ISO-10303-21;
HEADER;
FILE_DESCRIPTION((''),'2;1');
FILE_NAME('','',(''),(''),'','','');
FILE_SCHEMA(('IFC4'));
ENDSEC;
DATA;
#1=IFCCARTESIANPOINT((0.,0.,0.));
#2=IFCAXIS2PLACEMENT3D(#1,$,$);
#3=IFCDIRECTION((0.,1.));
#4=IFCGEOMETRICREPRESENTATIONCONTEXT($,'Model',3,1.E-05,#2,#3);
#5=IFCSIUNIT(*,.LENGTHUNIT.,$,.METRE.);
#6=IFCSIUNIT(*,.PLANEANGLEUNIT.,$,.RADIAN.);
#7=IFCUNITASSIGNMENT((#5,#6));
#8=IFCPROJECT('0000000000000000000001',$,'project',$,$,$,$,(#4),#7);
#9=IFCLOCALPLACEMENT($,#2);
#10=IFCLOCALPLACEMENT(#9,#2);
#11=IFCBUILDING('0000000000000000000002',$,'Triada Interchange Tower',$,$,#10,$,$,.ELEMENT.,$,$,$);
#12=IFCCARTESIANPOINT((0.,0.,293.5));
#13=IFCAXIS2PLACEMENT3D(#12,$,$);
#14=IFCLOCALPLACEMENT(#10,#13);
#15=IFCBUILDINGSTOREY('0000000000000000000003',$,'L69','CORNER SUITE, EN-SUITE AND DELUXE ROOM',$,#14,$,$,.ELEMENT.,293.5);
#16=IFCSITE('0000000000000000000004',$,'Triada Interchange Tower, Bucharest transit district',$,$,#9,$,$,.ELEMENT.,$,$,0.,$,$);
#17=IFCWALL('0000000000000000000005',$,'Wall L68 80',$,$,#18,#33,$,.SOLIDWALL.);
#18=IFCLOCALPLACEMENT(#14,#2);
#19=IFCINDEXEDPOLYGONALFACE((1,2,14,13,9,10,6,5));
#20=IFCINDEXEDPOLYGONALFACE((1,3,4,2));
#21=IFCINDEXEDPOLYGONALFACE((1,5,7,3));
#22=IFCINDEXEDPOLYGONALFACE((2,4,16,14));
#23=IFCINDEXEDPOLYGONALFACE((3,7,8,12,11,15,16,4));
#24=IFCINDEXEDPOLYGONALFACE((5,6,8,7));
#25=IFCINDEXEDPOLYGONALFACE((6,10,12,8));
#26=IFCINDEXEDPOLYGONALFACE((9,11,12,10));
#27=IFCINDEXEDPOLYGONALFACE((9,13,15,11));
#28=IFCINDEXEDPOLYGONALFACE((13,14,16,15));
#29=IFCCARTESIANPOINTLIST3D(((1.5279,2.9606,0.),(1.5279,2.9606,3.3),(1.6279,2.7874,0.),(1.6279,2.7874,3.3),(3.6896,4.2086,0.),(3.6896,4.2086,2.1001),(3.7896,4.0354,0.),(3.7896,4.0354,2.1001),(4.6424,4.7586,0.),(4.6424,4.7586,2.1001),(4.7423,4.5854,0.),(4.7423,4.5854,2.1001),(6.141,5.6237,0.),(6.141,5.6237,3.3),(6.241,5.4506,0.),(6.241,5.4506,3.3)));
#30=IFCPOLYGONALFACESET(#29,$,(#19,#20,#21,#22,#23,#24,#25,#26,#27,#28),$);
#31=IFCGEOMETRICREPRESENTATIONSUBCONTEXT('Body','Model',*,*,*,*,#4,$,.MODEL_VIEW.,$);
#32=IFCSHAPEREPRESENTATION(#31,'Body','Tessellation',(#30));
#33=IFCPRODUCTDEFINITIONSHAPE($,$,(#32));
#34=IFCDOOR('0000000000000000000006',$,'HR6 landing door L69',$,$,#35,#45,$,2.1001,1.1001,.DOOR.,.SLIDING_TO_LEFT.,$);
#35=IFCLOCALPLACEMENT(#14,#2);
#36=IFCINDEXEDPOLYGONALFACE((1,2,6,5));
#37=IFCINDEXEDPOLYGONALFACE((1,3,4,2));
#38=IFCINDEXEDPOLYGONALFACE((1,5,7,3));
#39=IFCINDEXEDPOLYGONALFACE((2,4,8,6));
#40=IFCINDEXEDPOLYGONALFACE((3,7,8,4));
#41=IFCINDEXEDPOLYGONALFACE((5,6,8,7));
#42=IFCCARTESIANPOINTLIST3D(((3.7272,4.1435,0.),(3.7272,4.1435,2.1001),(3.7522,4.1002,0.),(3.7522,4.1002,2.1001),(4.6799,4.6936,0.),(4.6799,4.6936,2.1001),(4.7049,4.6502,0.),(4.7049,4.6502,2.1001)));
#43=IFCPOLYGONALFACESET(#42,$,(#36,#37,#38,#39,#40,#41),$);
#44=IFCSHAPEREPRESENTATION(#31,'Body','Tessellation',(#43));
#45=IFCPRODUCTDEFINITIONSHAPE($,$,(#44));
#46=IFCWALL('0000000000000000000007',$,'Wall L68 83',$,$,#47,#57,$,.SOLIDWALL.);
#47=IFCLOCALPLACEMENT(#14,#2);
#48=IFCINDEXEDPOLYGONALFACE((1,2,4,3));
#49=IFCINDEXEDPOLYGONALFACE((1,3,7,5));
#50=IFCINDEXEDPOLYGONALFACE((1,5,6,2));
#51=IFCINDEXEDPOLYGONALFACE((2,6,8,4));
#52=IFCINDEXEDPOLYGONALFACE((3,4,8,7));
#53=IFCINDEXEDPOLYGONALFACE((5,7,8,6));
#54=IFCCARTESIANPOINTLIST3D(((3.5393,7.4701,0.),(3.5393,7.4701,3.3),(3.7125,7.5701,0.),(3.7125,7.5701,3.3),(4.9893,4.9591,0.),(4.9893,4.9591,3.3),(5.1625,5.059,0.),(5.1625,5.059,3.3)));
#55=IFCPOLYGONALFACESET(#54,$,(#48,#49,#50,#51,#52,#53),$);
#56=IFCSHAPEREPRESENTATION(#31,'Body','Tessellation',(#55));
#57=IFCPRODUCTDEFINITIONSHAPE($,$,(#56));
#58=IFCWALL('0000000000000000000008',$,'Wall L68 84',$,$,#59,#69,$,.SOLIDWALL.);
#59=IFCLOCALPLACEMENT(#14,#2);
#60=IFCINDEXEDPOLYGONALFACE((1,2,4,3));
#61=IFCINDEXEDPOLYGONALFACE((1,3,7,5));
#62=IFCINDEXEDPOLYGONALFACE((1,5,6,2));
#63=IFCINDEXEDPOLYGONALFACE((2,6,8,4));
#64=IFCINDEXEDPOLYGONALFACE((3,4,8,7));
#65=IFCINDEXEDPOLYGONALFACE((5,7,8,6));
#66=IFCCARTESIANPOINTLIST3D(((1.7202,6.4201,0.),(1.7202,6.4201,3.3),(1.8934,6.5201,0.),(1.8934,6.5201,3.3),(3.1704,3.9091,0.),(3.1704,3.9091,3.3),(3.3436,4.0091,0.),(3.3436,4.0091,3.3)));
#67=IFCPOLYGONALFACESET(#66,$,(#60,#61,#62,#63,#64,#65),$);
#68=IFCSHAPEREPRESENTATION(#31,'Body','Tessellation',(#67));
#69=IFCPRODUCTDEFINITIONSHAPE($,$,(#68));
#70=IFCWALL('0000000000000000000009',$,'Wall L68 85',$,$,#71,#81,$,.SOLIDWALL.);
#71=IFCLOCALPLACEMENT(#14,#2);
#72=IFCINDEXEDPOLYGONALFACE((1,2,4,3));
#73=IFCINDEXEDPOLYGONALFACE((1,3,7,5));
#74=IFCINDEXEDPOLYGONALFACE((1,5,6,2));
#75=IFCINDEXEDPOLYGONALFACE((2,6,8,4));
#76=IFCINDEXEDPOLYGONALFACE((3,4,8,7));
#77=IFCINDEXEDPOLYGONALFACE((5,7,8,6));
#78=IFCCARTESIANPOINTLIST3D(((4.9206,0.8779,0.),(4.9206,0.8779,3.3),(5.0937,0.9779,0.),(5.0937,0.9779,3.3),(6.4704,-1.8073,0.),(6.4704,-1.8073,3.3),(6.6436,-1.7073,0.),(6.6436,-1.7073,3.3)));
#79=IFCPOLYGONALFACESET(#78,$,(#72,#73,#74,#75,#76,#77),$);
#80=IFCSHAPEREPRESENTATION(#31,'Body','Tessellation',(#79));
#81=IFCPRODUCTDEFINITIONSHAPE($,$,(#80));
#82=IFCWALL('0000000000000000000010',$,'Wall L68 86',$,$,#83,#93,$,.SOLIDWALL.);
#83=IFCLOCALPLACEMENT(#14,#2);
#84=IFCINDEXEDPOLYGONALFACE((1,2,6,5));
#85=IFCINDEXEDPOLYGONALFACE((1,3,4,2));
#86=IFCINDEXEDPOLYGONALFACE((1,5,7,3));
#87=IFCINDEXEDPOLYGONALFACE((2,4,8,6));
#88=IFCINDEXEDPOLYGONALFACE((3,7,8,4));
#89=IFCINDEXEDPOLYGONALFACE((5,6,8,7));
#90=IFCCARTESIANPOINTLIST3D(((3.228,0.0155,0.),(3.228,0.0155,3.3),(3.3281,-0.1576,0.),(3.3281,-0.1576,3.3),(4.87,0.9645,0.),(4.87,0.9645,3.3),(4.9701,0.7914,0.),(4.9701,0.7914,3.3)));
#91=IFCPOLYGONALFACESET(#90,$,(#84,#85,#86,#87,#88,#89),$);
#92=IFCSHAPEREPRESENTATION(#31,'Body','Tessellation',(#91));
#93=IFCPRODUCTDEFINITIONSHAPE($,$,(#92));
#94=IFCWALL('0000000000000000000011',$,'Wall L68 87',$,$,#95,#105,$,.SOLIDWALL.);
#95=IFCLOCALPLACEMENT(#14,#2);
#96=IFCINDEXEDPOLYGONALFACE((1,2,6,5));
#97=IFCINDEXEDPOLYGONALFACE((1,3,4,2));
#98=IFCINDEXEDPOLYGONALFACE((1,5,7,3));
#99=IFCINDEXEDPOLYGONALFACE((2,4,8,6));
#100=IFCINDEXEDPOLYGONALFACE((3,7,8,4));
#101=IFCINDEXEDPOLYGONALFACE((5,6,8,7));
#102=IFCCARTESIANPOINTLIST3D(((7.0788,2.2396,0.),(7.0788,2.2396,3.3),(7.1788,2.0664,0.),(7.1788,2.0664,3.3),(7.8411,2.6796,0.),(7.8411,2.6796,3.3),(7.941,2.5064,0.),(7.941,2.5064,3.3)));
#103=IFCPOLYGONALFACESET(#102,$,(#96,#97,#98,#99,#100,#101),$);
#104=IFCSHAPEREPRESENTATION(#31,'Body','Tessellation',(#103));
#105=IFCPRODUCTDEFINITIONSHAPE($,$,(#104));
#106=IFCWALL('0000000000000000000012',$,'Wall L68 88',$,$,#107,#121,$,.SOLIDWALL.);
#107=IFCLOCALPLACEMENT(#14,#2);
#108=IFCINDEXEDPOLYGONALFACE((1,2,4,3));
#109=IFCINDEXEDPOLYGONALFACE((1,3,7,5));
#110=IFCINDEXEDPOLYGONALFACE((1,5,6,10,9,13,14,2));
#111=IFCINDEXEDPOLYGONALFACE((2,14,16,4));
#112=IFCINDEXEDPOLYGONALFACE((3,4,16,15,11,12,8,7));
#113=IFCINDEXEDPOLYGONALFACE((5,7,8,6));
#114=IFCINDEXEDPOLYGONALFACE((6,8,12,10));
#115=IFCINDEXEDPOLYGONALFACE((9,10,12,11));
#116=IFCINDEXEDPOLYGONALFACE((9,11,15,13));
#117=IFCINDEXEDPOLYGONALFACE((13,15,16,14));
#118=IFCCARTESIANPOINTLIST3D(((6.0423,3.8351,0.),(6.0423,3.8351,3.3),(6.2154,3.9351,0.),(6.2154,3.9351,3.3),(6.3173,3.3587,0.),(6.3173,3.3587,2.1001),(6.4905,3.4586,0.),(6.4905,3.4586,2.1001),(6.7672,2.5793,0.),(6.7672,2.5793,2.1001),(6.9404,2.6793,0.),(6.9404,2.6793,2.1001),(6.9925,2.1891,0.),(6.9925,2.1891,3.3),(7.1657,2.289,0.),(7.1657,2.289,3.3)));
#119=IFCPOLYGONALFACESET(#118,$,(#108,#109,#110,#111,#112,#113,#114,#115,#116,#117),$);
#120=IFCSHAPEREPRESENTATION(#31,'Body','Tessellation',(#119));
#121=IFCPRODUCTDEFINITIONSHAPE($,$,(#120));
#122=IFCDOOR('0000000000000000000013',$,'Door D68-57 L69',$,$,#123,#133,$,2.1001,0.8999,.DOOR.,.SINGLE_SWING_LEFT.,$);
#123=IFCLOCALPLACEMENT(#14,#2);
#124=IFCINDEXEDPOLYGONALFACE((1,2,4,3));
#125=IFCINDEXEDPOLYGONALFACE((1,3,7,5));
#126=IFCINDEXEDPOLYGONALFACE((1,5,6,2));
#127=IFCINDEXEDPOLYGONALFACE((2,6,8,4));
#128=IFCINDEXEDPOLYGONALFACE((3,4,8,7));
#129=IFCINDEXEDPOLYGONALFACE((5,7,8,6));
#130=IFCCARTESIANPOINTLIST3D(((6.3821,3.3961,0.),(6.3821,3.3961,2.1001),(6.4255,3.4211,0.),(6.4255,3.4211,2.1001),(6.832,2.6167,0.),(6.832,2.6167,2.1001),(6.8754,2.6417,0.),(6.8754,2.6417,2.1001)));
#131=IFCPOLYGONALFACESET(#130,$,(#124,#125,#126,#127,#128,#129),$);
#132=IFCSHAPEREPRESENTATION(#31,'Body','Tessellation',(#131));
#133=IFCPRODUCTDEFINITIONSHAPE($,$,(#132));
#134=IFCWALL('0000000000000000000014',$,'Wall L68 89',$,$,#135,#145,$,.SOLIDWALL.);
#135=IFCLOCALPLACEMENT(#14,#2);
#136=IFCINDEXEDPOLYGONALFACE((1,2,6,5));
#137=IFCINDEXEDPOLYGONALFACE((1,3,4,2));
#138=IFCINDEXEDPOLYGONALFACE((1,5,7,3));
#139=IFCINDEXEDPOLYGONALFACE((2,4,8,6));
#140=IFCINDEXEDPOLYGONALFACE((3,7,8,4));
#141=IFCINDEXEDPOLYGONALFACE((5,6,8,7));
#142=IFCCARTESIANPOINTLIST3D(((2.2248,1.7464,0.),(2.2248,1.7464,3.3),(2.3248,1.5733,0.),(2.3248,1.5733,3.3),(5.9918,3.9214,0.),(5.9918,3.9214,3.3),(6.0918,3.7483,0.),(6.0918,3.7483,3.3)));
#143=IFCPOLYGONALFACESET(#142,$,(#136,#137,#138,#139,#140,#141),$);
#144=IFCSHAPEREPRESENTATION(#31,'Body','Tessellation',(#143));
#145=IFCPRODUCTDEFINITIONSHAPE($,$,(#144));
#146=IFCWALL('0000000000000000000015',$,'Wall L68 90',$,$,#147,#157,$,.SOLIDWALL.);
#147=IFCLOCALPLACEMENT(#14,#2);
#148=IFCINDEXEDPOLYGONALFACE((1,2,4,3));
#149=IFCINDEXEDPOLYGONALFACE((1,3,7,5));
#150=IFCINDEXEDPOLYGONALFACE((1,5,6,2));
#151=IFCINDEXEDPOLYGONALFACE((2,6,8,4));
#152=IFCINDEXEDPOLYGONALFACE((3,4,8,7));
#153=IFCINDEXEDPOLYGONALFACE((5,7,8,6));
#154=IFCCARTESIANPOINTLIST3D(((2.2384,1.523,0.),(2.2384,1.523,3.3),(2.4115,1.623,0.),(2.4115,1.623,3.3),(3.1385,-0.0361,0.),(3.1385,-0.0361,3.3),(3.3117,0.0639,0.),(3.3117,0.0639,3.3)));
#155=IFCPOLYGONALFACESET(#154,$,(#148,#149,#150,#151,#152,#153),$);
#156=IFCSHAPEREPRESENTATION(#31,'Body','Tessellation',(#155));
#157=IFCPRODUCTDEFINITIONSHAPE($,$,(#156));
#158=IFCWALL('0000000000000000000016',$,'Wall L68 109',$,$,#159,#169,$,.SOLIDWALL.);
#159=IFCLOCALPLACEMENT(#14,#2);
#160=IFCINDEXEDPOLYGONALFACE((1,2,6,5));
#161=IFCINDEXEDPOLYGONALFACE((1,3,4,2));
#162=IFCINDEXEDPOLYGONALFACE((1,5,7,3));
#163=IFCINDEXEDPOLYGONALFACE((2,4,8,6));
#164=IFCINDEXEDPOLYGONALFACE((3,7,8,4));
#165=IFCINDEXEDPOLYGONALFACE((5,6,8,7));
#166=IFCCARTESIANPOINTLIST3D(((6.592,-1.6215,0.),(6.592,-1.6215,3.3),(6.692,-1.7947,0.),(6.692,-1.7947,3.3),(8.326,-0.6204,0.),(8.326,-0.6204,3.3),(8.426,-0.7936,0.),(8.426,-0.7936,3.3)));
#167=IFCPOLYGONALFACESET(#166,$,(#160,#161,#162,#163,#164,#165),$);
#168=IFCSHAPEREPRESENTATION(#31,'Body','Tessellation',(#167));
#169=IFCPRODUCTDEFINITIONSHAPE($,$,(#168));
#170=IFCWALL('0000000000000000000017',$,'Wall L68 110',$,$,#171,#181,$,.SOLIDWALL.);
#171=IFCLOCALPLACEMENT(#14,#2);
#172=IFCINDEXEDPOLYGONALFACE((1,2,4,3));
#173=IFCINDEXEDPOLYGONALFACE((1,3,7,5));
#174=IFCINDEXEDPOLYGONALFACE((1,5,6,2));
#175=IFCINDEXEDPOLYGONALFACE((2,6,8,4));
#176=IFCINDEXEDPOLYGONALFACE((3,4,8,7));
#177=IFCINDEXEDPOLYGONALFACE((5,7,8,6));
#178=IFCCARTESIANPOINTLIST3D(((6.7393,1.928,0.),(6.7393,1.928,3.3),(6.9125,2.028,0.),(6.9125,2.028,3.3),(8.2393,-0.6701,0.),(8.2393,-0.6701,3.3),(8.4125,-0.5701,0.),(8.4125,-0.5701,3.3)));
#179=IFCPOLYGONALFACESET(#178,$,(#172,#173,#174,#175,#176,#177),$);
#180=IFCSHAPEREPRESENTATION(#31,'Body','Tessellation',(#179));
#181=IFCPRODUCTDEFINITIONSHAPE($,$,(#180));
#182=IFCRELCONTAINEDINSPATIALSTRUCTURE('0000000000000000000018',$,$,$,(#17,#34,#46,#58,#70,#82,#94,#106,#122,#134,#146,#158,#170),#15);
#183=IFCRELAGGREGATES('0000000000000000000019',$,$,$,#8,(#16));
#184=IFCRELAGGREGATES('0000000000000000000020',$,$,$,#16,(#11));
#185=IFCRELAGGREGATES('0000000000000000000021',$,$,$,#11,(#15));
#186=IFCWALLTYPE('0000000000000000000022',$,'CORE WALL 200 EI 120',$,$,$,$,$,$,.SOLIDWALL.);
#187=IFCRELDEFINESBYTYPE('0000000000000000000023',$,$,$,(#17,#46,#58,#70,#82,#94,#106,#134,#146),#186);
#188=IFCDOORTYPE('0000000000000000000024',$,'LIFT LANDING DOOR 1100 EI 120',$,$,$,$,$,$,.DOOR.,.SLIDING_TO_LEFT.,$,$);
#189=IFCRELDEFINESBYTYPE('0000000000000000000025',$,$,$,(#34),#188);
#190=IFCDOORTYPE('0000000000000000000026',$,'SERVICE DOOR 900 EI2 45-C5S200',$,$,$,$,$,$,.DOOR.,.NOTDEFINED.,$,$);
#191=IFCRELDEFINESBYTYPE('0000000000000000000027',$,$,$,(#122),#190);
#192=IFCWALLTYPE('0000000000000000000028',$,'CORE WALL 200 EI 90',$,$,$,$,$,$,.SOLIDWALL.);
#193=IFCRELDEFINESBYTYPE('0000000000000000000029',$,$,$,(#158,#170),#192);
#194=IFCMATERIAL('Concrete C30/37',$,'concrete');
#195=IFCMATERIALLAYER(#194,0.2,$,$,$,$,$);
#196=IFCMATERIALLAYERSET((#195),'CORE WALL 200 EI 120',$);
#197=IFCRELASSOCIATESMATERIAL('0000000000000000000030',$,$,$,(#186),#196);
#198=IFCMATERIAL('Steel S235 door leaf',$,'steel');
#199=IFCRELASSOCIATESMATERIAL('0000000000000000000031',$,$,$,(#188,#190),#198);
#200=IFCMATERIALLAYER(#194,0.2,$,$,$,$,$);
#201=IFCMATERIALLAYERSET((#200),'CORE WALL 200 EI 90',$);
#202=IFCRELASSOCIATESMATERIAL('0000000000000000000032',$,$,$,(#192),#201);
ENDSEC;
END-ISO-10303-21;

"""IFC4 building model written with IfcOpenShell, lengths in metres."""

from ifc_helpers import new_model, si_unit, direction, frame, frame_2d, origin, place, context, subcontext, project, spatial, rectangle, extrude, material, layer, layer_set, type_object, element, fill, save


model = new_model("IFC4")

# Units and contexts
model_context = context("Model", 3, precision=1e-05, world=origin(), true_north=direction((0.0, 1.0)))
body_context = subcontext(model_context, "Body", "Model", "MODEL_VIEW")
ifc_project = project(units=[si_unit("LENGTHUNIT", "METRE"), si_unit("PLANEANGLEUNIT", "RADIAN")], contexts=[model_context])

# Site, building, storey
site_placement = place(None, origin())
site = spatial("IfcSite", under=ifc_project, at=site_placement, Name="Triada Interchange Tower, Bucharest transit district", CompositionType="ELEMENT", RefElevation=0.0)
building_placement = place(site_placement, origin())
building = spatial("IfcBuilding", under=site, at=building_placement, Name="Triada Interchange Tower", CompositionType="ELEMENT")
storey_placement = place(building_placement, frame((0.0, 0.0, 293.5)))
storey = spatial("IfcBuildingStorey", under=building, at=storey_placement, Name="L69", Description="CORNER SUITE, EN-SUITE AND DELUXE ROOM", CompositionType="ELEMENT", Elevation=293.5)

# Shared definitions
ifc_material_1 = material(Name="Concrete C30/37", Category="concrete")
ifc_layer_1 = layer(ifc_material_1, 0.2)
ifc_layer_set_1 = layer_set([ifc_layer_1], Name="CORE WALL 200 EI 120")
wall_type_1 = type_object("IfcWallType", Name="CORE WALL 200 EI 120", PredefinedType="SOLIDWALL", material=ifc_layer_set_1)
ifc_material_2 = material(Name="Steel S235 door leaf", Category="steel")
door_type_1 = type_object("IfcDoorType", Name="LIFT LANDING DOOR 1100 EI 120", OperationType="SLIDING_TO_LEFT", PredefinedType="DOOR", material=ifc_material_2)

# Wall, opening, door
wall_1_placement = place(storey_placement, frame((1.5779, 2.874, 0.0), z_axis=(0.0, 0.0, 1.0), x_axis=(0.866046, 0.499964, 0.0)))
wall_1 = element("IfcWall", 1, at=wall_1_placement, inside=storey, type_object=wall_type_1, Name="Wall L68 80", PredefinedType="SOLIDWALL", context=body_context, shape_type="SweptSolid", body=[
    extrude(rectangle(XDim=5.3267, YDim=0.2, at=frame_2d((2.6633, 0.0))), origin(), (0.0, 0.0, 1.0), 3.3),
])
opening_1_placement = place(wall_1_placement, frame((2.4961, 0.0, 0.0)))
opening_1 = element("IfcOpeningElement", 2, at=opening_1_placement, cuts=wall_1, PredefinedType="OPENING", context=body_context, shape_type="SweptSolid", body=[
    extrude(rectangle(XDim=1.1001, YDim=2.1001, at=frame_2d((0.55, 1.05))), frame((0.0, 0.1099, 0.0), z_axis=(0.0, -1.0, 0.0), x_axis=(1.0, 0.0, 0.0)), (0.0, 0.0, 1.0), 0.22),
])
door_1_placement = place(opening_1_placement, origin())
door_1 = element("IfcDoor", 3, at=door_1_placement, inside=storey, type_object=door_type_1, Name="HR6 landing door L69", OperationType="SLIDING_TO_LEFT", OverallHeight=2.1001, OverallWidth=1.1001, PredefinedType="DOOR", context=body_context, shape_type="SweptSolid", body=[
    extrude(rectangle(XDim=1.1001, YDim=2.1001, at=frame_2d((0.55, 1.05))), frame((0.0, 0.0249, 0.0), z_axis=(0.0, -1.0, 0.0), x_axis=(1.0, 0.0, 0.0)), (0.0, 0.0, 1.0), 0.05),
])
fill(opening_1, door_1)

# Walls
for number, where, z_axis, x_axis, name in (
    (4, (3.626, 7.52, 0.0), (0.0, 0.0, 1.0), (0.50006, -0.865991, 0.0), "Wall L68 83"),
    (5, (1.8069, 6.47, 0.0), (0.0, 0.0, 1.0), (0.500123, -0.865954, 0.0), "Wall L68 84"),
):
    element("IfcWall", number, at=place(storey_placement, frame(where, z_axis=z_axis, x_axis=x_axis)), inside=storey, type_object=wall_type_1, Name=name, PredefinedType="SOLIDWALL", context=body_context, shape_type="SweptSolid", body=[
        extrude(rectangle(XDim=2.8997, YDim=0.2, at=frame_2d((1.4497, 0.0))), origin(), (0.0, 0.0, 1.0), 3.3),
    ])
wall_2_placement = place(storey_placement, frame((5.0071, 0.928, 0.0), z_axis=(0.0, 0.0, 1.0), x_axis=(0.4999, -0.866083, 0.0)))
element("IfcWall", 6, at=wall_2_placement, inside=storey, type_object=wall_type_1, Name="Wall L68 85", PredefinedType="SOLIDWALL", context=body_context, shape_type="SweptSolid", body=[
    extrude(rectangle(XDim=3.1003, YDim=0.2, at=frame_2d((1.5503, 0.0))), origin(), (0.0, 0.0, 1.0), 3.3),
])
wall_3_placement = place(storey_placement, frame((3.2781, -0.071, 0.0), z_axis=(0.0, 0.0, 1.0), x_axis=(0.865785, 0.500417, 0.0)))
element("IfcWall", 7, at=wall_3_placement, inside=storey, type_object=wall_type_1, Name="Wall L68 86", PredefinedType="SOLIDWALL", context=body_context, shape_type="SweptSolid", body=[
    extrude(rectangle(XDim=1.8965, YDim=0.2, at=frame_2d((0.9482, 0.0))), origin(), (0.0, 0.0, 1.0), 3.3),
])
wall_4_placement = place(storey_placement, frame((7.1289, 2.1531, 0.0), z_axis=(0.0, 0.0, 1.0), x_axis=(0.866084, 0.499899, 0.0)))
element("IfcWall", 8, at=wall_4_placement, inside=storey, type_object=wall_type_1, Name="Wall L68 87", PredefinedType="SOLIDWALL", context=body_context, shape_type="SweptSolid", body=[
    extrude(rectangle(XDim=0.8801, YDim=0.2, at=frame_2d((0.4399, 0.0))), origin(), (0.0, 0.0, 1.0), 3.3),
])

# Wall, opening, door
wall_5_placement = place(storey_placement, frame((6.1289, 3.885, 0.0), z_axis=(0.0, 0.0, 1.0), x_axis=(0.499952, -0.866053, 0.0)))
wall_5 = element("IfcWall", 9, at=wall_5_placement, inside=storey, type_object=wall_type_1, Name="Wall L68 88", PredefinedType="SOLIDWALL", context=body_context, shape_type="SweptSolid", body=[
    extrude(rectangle(XDim=1.9006, YDim=0.2, at=frame_2d((0.9502, 0.0))), origin(), (0.0, 0.0, 1.0), 3.3),
])
opening_2_placement = place(wall_5_placement, frame((0.55, 0.0, 0.0)))
opening_2 = element("IfcOpeningElement", 10, at=opening_2_placement, cuts=wall_5, PredefinedType="OPENING", context=body_context, shape_type="SweptSolid", body=[
    extrude(rectangle(XDim=0.8999, YDim=2.1001, at=frame_2d((0.45, 1.05))), frame((0.0, 0.1099, 0.0), z_axis=(0.0, -1.0, 0.0), x_axis=(1.0, 0.0, 0.0)), (0.0, 0.0, 1.0), 0.22),
])
door_type_2 = type_object("IfcDoorType", Name="SERVICE DOOR 900 EI2 45-C5S200", OperationType="NOTDEFINED", PredefinedType="DOOR", material=ifc_material_2)
door_2_placement = place(opening_2_placement, origin())
door_2 = element("IfcDoor", 11, at=door_2_placement, inside=storey, type_object=door_type_2, Name="Door D68-57 L69", OperationType="SINGLE_SWING_LEFT", OverallHeight=2.1001, OverallWidth=0.8999, PredefinedType="DOOR", context=body_context, shape_type="SweptSolid", body=[
    extrude(rectangle(XDim=0.8999, YDim=2.1001, at=frame_2d((0.45, 1.05))), frame((0.0, 0.0249, 0.0), z_axis=(0.0, -1.0, 0.0), x_axis=(1.0, 0.0, 0.0)), (0.0, 0.0, 1.0), 0.05),
])
fill(opening_2, door_2)

# Walls
wall_6_placement = place(storey_placement, frame((2.2749, 1.6599, 0.0), z_axis=(0.0, 0.0, 1.0), x_axis=(0.866014, 0.50002, 0.0)))
element("IfcWall", 12, at=wall_6_placement, inside=storey, type_object=wall_type_1, Name="Wall L68 89", PredefinedType="SOLIDWALL", context=body_context, shape_type="SweptSolid", body=[
    extrude(rectangle(XDim=4.3499, YDim=0.2, at=frame_2d((2.1748, 0.0))), origin(), (0.0, 0.0, 1.0), 3.3),
])
wall_7_placement = place(storey_placement, frame((2.325, 1.573, 0.0), z_axis=(0.0, 0.0, 1.0), x_axis=(0.500004, -0.866023, 0.0)))
element("IfcWall", 13, at=wall_7_placement, inside=storey, type_object=wall_type_1, Name="Wall L68 90", PredefinedType="SOLIDWALL", context=body_context, shape_type="SweptSolid", body=[
    extrude(rectangle(XDim=1.8003, YDim=0.2, at=frame_2d((0.9001, 0.0))), origin(), (0.0, 0.0, 1.0), 3.3),
])
ifc_layer_2 = layer(ifc_material_1, 0.2)
ifc_layer_set_2 = layer_set([ifc_layer_2], Name="CORE WALL 200 EI 90")
wall_type_2 = type_object("IfcWallType", Name="CORE WALL 200 EI 90", PredefinedType="SOLIDWALL", material=ifc_layer_set_2)
wall_8_placement = place(storey_placement, frame((6.6421, -1.708, 0.0), z_axis=(0.0, 0.0, 1.0), x_axis=(0.866043, 0.499969, 0.0)))
element("IfcWall", 14, at=wall_8_placement, inside=storey, type_object=wall_type_2, Name="Wall L68 109", PredefinedType="SOLIDWALL", context=body_context, shape_type="SweptSolid", body=[
    extrude(rectangle(XDim=2.0022, YDim=0.2, at=frame_2d((1.001, 0.0))), origin(), (0.0, 0.0, 1.0), 3.3),
])
wall_9_placement = place(storey_placement, frame((6.8259, 1.978, 0.0), z_axis=(0.0, 0.0, 1.0), x_axis=(0.49999, -0.866031, 0.0)))
element("IfcWall", 15, at=wall_9_placement, inside=storey, type_object=wall_type_2, Name="Wall L68 110", PredefinedType="SOLIDWALL", context=body_context, shape_type="SweptSolid", body=[
    extrude(rectangle(XDim=3.0, YDim=0.2, at=frame_2d((1.5, 0.0))), origin(), (0.0, 0.0, 1.0), 3.3),
])

save(model, "model.ifc")
